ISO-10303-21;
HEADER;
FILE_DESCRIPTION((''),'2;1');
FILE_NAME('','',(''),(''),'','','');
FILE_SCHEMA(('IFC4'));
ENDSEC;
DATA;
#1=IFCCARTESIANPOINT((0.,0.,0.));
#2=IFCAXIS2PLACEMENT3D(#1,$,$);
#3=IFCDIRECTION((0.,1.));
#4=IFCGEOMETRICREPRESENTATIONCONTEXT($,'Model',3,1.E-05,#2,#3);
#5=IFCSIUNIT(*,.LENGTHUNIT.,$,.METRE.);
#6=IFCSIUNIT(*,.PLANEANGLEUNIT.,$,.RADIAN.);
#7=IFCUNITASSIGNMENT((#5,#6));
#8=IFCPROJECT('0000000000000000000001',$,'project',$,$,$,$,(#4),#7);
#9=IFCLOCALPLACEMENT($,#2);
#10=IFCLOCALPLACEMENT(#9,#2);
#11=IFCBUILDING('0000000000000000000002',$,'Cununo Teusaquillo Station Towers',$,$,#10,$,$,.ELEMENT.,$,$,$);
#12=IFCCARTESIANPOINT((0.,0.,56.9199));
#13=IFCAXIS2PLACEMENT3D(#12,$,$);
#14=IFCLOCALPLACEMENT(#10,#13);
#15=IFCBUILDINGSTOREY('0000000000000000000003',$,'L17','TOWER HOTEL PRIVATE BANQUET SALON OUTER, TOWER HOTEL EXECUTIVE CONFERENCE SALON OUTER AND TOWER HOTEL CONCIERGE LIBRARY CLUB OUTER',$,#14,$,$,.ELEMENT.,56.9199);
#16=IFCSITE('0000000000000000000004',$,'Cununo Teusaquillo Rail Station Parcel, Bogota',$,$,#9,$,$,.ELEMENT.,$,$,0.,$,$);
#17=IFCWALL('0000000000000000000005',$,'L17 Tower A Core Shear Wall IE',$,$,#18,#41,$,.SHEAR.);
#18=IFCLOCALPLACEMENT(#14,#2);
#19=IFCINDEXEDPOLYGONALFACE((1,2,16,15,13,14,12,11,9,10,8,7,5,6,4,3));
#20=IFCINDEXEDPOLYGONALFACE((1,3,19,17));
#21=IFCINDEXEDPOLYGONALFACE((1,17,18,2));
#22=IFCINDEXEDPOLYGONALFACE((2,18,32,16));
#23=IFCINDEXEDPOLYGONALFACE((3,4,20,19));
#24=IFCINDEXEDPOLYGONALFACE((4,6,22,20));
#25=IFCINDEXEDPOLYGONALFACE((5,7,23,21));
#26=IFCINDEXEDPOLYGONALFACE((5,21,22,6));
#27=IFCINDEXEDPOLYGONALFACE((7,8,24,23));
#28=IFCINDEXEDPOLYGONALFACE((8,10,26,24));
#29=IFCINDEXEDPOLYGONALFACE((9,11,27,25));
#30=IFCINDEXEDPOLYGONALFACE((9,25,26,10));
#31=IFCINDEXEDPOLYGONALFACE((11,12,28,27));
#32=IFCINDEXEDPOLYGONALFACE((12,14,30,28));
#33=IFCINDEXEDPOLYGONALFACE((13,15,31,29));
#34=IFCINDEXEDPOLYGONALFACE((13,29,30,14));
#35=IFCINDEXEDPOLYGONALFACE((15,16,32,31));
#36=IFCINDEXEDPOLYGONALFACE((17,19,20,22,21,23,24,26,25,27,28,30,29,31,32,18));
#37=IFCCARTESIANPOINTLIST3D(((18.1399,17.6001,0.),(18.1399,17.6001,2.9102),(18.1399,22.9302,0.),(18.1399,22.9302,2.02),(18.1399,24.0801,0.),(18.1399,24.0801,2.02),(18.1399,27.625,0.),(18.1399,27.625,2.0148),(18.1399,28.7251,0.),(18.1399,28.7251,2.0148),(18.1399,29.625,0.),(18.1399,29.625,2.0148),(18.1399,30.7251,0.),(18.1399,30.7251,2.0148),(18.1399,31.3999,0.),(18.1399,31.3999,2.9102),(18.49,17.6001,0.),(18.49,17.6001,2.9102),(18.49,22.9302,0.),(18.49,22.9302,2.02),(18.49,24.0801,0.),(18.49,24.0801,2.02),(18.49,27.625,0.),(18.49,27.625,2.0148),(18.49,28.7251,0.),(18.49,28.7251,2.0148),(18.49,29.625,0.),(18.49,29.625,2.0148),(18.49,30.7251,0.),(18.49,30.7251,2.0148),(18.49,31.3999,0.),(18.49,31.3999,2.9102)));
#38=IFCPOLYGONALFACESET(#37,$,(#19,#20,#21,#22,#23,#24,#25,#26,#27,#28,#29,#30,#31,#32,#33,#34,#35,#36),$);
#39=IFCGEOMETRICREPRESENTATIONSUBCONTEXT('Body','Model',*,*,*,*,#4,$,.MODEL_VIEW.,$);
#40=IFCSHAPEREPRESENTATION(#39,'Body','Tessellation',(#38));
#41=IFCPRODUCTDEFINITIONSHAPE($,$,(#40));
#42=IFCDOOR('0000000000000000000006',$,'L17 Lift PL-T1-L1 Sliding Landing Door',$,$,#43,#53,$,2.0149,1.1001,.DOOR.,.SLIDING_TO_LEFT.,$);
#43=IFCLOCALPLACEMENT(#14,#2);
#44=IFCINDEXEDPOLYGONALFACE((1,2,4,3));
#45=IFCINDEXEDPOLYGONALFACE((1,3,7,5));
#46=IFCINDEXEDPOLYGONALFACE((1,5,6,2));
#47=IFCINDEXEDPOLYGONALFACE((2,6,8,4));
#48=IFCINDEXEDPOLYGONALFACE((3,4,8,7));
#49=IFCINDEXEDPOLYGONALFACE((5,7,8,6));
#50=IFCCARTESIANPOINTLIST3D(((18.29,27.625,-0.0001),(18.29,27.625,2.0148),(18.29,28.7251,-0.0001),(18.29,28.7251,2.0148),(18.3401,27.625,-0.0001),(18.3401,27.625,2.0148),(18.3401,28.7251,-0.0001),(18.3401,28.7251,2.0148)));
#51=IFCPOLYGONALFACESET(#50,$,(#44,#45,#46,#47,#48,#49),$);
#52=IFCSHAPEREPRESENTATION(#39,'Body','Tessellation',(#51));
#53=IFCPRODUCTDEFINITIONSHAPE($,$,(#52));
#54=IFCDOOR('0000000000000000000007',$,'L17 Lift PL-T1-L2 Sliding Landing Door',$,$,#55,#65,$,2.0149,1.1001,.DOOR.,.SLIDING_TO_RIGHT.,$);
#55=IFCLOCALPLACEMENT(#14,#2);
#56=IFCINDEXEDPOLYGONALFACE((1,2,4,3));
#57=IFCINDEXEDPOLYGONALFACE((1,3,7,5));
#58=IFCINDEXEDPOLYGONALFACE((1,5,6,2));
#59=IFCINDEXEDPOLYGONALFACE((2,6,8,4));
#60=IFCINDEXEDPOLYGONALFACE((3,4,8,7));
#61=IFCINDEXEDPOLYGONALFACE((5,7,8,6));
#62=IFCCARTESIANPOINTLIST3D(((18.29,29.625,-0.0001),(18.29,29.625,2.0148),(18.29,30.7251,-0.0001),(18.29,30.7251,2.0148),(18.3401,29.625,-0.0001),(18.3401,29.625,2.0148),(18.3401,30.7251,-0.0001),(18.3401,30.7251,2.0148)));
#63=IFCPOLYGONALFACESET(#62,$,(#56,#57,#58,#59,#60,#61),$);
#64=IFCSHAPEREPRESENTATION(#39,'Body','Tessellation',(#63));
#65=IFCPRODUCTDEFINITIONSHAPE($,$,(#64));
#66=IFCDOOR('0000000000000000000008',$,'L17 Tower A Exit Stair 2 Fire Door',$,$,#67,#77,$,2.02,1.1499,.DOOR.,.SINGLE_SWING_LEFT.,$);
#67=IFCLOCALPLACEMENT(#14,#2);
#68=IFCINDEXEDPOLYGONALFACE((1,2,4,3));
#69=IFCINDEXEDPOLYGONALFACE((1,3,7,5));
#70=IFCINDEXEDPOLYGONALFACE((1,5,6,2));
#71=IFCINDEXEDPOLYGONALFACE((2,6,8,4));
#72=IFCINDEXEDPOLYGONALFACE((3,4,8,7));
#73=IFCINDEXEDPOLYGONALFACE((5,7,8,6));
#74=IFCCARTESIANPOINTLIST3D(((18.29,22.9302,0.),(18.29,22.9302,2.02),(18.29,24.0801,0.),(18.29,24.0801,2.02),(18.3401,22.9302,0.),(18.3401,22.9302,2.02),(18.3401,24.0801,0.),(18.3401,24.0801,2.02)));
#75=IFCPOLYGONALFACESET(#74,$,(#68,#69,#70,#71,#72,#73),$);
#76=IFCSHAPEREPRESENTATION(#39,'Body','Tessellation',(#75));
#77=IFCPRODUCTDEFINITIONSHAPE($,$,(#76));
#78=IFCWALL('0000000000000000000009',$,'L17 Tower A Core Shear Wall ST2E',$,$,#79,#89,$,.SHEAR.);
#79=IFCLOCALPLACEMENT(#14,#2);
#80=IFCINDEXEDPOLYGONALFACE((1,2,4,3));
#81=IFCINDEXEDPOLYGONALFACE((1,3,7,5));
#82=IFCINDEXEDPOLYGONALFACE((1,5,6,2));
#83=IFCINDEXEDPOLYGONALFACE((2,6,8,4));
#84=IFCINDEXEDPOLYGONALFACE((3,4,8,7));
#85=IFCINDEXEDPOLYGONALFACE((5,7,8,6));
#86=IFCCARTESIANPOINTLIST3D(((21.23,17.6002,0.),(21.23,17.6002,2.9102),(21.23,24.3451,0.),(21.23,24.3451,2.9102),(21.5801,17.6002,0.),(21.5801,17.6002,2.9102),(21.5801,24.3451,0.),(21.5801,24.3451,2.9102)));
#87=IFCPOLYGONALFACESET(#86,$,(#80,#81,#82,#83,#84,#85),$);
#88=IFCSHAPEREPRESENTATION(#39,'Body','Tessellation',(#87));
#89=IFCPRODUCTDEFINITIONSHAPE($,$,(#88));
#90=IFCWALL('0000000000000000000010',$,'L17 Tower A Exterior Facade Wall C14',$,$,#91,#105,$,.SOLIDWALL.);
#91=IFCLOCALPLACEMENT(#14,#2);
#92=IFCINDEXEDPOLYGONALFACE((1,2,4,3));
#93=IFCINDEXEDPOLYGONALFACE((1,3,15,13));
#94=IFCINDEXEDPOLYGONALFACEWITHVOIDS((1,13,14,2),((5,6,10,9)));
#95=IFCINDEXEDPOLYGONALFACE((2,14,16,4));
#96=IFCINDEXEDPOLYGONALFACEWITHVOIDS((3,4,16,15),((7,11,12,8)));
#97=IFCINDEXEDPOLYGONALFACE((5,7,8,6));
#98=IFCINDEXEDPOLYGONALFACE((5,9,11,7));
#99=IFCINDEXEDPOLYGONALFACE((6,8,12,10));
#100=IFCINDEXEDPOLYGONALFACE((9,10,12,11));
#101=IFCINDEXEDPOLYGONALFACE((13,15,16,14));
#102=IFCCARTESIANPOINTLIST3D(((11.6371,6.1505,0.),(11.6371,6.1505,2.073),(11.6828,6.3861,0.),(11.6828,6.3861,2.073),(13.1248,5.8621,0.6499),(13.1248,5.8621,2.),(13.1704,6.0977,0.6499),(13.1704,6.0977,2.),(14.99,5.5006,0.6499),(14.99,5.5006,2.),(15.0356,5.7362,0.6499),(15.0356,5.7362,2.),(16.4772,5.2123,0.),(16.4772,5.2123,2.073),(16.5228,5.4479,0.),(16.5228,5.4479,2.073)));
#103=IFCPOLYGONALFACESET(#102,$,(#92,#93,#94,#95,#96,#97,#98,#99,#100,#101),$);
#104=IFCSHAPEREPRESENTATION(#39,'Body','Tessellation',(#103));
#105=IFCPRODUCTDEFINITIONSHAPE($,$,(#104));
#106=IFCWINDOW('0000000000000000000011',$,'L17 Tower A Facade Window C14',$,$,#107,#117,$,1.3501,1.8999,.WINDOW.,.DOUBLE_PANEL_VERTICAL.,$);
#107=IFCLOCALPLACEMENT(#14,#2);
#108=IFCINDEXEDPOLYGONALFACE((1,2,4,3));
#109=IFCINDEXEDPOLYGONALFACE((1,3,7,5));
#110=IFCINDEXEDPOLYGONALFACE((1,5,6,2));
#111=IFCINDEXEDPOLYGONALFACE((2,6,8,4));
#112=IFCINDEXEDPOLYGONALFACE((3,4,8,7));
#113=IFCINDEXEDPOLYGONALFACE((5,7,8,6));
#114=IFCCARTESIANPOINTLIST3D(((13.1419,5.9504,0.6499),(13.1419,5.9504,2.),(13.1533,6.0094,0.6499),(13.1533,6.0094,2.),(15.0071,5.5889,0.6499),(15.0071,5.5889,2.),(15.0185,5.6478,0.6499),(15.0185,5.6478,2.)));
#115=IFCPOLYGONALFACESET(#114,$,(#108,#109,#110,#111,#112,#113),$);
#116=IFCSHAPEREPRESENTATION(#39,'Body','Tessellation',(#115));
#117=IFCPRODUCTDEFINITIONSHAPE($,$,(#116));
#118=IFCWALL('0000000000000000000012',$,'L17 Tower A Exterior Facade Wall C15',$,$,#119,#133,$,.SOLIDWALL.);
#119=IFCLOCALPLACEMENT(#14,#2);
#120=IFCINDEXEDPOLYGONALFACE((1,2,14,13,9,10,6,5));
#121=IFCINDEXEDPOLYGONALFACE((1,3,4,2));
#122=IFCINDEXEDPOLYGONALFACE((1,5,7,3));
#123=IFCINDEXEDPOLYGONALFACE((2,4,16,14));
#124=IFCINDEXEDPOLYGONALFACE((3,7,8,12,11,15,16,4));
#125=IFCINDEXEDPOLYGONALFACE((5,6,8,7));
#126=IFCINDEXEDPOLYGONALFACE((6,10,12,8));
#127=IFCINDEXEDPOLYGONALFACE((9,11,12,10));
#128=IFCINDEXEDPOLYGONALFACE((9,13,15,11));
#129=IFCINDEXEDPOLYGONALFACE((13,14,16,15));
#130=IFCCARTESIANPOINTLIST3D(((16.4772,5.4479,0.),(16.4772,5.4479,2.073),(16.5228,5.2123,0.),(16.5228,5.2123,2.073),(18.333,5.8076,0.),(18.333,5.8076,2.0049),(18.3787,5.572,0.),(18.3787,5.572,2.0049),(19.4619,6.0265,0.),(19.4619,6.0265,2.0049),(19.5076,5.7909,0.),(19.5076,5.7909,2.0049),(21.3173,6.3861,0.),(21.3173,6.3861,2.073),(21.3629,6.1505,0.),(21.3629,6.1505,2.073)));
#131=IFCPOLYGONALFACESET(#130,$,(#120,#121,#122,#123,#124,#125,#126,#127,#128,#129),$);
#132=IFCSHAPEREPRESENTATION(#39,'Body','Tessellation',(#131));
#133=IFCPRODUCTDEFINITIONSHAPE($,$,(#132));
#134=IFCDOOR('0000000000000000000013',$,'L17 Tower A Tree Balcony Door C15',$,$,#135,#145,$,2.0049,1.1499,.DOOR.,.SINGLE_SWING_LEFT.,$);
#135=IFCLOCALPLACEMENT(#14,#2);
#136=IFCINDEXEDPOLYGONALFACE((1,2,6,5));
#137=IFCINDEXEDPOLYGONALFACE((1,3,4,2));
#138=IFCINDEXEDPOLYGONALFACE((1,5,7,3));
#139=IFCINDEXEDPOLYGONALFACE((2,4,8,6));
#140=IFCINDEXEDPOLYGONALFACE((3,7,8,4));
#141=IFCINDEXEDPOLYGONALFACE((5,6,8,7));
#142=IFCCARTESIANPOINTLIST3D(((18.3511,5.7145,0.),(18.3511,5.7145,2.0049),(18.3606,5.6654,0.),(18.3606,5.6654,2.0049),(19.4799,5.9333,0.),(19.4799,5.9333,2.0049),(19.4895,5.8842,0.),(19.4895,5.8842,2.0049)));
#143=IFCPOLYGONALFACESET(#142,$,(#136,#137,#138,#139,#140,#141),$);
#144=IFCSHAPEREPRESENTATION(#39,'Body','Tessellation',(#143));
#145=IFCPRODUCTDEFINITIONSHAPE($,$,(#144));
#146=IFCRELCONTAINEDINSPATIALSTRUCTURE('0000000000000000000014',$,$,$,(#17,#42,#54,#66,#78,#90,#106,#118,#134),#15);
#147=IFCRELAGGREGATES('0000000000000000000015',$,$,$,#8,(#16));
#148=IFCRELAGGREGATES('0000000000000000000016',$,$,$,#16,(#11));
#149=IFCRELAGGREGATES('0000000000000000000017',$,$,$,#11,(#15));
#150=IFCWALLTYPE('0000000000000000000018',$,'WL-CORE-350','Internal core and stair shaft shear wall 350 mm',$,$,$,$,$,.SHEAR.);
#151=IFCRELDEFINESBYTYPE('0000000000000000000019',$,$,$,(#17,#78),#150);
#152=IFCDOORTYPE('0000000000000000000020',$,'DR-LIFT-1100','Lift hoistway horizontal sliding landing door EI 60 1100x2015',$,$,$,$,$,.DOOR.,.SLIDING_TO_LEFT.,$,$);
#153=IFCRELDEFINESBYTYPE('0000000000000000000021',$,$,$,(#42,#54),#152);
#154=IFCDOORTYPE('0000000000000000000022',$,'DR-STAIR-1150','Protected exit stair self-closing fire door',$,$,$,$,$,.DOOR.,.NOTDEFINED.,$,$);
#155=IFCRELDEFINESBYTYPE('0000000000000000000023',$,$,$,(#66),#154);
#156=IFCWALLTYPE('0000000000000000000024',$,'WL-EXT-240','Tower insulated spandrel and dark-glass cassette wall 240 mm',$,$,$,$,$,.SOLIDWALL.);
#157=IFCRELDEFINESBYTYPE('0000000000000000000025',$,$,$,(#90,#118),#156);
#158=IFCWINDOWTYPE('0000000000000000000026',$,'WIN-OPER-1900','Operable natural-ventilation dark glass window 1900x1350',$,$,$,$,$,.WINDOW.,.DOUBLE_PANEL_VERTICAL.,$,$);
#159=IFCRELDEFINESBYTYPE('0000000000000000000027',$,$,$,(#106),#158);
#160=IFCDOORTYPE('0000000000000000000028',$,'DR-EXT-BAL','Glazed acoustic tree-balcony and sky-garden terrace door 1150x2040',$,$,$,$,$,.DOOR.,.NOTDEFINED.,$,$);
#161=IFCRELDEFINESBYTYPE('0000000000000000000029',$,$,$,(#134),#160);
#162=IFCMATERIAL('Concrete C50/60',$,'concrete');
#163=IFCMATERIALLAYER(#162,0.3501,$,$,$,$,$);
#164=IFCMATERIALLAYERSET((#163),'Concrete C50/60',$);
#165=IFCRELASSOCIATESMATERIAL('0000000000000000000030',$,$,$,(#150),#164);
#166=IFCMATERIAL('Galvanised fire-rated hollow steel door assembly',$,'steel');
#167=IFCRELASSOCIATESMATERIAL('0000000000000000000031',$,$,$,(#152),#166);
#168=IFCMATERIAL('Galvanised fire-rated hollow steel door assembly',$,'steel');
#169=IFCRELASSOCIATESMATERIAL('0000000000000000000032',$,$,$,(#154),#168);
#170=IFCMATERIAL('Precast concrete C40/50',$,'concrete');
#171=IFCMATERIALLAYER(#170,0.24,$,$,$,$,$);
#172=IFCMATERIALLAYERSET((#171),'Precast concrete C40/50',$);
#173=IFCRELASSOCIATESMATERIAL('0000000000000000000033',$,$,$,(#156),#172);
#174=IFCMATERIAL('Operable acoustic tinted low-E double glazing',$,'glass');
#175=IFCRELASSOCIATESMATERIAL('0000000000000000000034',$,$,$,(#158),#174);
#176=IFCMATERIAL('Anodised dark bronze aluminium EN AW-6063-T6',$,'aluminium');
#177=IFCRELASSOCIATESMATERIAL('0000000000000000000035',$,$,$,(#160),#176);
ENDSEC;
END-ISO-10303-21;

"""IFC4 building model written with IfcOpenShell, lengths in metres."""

from ifc_helpers import new_model, si_unit, direction, frame, frame_2d, origin, place, context, subcontext, project, spatial, rectangle, extrude, source, transform, mapped, material, layer, layer_set, type_object, element, fill, save


model = new_model("IFC4")

# Units and contexts
model_context = context("Model", 3, precision=1e-05, world=origin(), true_north=direction((0.0, 1.0)))
body_context = subcontext(model_context, "Body", "Model", "MODEL_VIEW")
ifc_project = project(units=[si_unit("LENGTHUNIT", "METRE"), si_unit("PLANEANGLEUNIT", "RADIAN")], contexts=[model_context])

# Site, building, storey
site_placement = place(None, origin())
site = spatial("IfcSite", under=ifc_project, at=site_placement, Name="Cununo Teusaquillo Rail Station Parcel, Bogota", CompositionType="ELEMENT", RefElevation=0.0)
building_placement = place(site_placement, origin())
building = spatial("IfcBuilding", under=site, at=building_placement, Name="Cununo Teusaquillo Station Towers", CompositionType="ELEMENT")
storey_placement = place(building_placement, frame((0.0, 0.0, 56.9199)))
storey = spatial("IfcBuildingStorey", under=building, at=storey_placement, Name="L17", Description="TOWER HOTEL PRIVATE BANQUET SALON OUTER, TOWER HOTEL EXECUTIVE CONFERENCE SALON OUTER AND TOWER HOTEL CONCIERGE LIBRARY CLUB OUTER", CompositionType="ELEMENT", Elevation=56.9199)

# Wall, openings, doors
ifc_material_1 = material(Name="Concrete C50/60", Category="concrete")
ifc_layer_1 = layer(ifc_material_1, 0.3501)
ifc_layer_set_1 = layer_set([ifc_layer_1], Name="Concrete C50/60")
wall_type_1 = type_object("IfcWallType", Name="WL-CORE-350", Description="Internal core and stair shaft shear wall 350 mm", PredefinedType="SHEAR", material=ifc_layer_set_1)
shared_shape_1 = source(origin(), body_context, "Body", "SweptSolid", [
    extrude(rectangle(XDim=1.1001, YDim=2.0149, at=frame_2d((0.55, 1.0073))), frame((0.0, 0.1851, 0.0), z_axis=(0.0, -1.0, 0.0), x_axis=(1.0, 0.0, 0.0)), (0.0, 0.0, 1.0), 0.3701),
])
shared_shape_2 = source(origin(), body_context, "Body", "SweptSolid", [
    extrude(rectangle(XDim=1.1499, YDim=2.02, at=frame_2d((0.575, 1.01))), frame((0.0, 0.1851, 0.0), z_axis=(0.0, -1.0, 0.0), x_axis=(1.0, 0.0, 0.0)), (0.0, 0.0, 1.0), 0.3701),
])
ifc_material_2 = material(Name="Galvanised fire-rated hollow steel door assembly", Category="steel")
door_type_1 = type_object("IfcDoorType", Name="DR-LIFT-1100", Description="Lift hoistway horizontal sliding landing door EI 60 1100x2015", OperationType="SLIDING_TO_LEFT", PredefinedType="DOOR", material=ifc_material_2)
shared_shape_3 = source(origin(), body_context, "Body", "SweptSolid", [
    extrude(rectangle(XDim=1.1001, YDim=2.0149, at=frame_2d((0.55, 1.0073))), frame((0.0, 0.0249, 0.0), z_axis=(0.0, -1.0, 0.0), x_axis=(1.0, 0.0, 0.0)), (0.0, 0.0, 1.0), 0.05),
])
ifc_material_3 = material(Name="Galvanised fire-rated hollow steel door assembly", Category="steel")
door_type_2 = type_object("IfcDoorType", Name="DR-STAIR-1150", Description="Protected exit stair self-closing fire door", OperationType="NOTDEFINED", PredefinedType="DOOR", material=ifc_material_3)
shared_shape_4 = source(origin(), body_context, "Body", "SweptSolid", [
    extrude(rectangle(XDim=1.1499, YDim=2.02, at=frame_2d((0.575, 1.01))), frame((0.0, 0.0249, 0.0), z_axis=(0.0, -1.0, 0.0), x_axis=(1.0, 0.0, 0.0)), (0.0, 0.0, 1.0), 0.05),
])
wall_1_placement = place(storey_placement, frame((18.3149, 17.6001, 0.0), z_axis=(0.0, 0.0, 1.0), x_axis=(0.0, 1.0, 0.0)))
wall_1 = element("IfcWall", 1, at=wall_1_placement, inside=storey, type_object=wall_type_1, Name="L17 Tower A Core Shear Wall IE", PredefinedType="SHEAR", context=body_context, shape_type="SweptSolid", body=[
    extrude(rectangle(XDim=13.7998, YDim=0.3501, at=frame_2d((6.8999, 0.0))), origin(), (0.0, 0.0, 1.0), 2.9102),
])
opening_1_placement = place(wall_1_placement, frame((10.0249, 0.0, 0.0)))
opening_1 = element("IfcOpeningElement", 2, at=opening_1_placement, cuts=wall_1, PredefinedType="OPENING", context=body_context, shape_type="MappedRepresentation", body=[
    mapped(shared_shape_1, transform((0.0, 0.0, 0.0), x_axis=(1.0, 0.0, 0.0), y_axis=(0.0, 1.0, 0.0), z_axis=(0.0, 0.0, 1.0), scale=1.0)),
])
opening_2_placement = place(wall_1_placement, frame((12.0249, 0.0, 0.0)))
opening_2 = element("IfcOpeningElement", 3, at=opening_2_placement, cuts=wall_1, PredefinedType="OPENING", context=body_context, shape_type="MappedRepresentation", body=[
    mapped(shared_shape_1, transform((0.0, 0.0, 0.0), x_axis=(1.0, 0.0, 0.0), y_axis=(0.0, 1.0, 0.0), z_axis=(0.0, 0.0, 1.0), scale=1.0)),
])
opening_3_placement = place(wall_1_placement, frame((5.3301, 0.0, 0.0)))
opening_3 = element("IfcOpeningElement", 4, at=opening_3_placement, cuts=wall_1, PredefinedType="OPENING", context=body_context, shape_type="MappedRepresentation", body=[
    mapped(shared_shape_2, transform((0.0, 0.0, 0.0), x_axis=(1.0, 0.0, 0.0), y_axis=(0.0, 1.0, 0.0), z_axis=(0.0, 0.0, 1.0), scale=1.0)),
])
door_1_placement = place(opening_1_placement, origin())
door_1 = element("IfcDoor", 5, at=door_1_placement, inside=storey, type_object=door_type_1, Name="L17 Lift PL-T1-L1 Sliding Landing Door", OperationType="SLIDING_TO_LEFT", OverallHeight=2.0149, OverallWidth=1.1001, PredefinedType="DOOR", context=body_context, shape_type="MappedRepresentation", body=[
    mapped(shared_shape_3, transform((0.0, 0.0, 0.0), x_axis=(1.0, 0.0, 0.0), y_axis=(0.0, 1.0, 0.0), z_axis=(0.0, 0.0, 1.0), scale=1.0)),
])
fill(opening_1, door_1)
door_2_placement = place(opening_2_placement, origin())
door_2 = element("IfcDoor", 6, at=door_2_placement, inside=storey, type_object=door_type_1, Name="L17 Lift PL-T1-L2 Sliding Landing Door", OperationType="SLIDING_TO_RIGHT", OverallHeight=2.0149, OverallWidth=1.1001, PredefinedType="DOOR", context=body_context, shape_type="MappedRepresentation", body=[
    mapped(shared_shape_3, transform((0.0, 0.0, 0.0), x_axis=(1.0, 0.0, 0.0), y_axis=(0.0, 1.0, 0.0), z_axis=(0.0, 0.0, 1.0), scale=1.0)),
])
fill(opening_2, door_2)
door_3_placement = place(opening_3_placement, origin())
door_3 = element("IfcDoor", 7, at=door_3_placement, inside=storey, type_object=door_type_2, Name="L17 Tower A Exit Stair 2 Fire Door", OperationType="SINGLE_SWING_LEFT", OverallHeight=2.02, OverallWidth=1.1499, PredefinedType="DOOR", context=body_context, shape_type="MappedRepresentation", body=[
    mapped(shared_shape_4, transform((0.0, 0.0, 0.0), x_axis=(1.0, 0.0, 0.0), y_axis=(0.0, 1.0, 0.0), z_axis=(0.0, 0.0, 1.0), scale=1.0)),
])
fill(opening_3, door_3)

# Wall
wall_2_placement = place(storey_placement, frame((21.405, 17.6001, 0.0), z_axis=(0.0, 0.0, 1.0), x_axis=(0.0, 1.0, 0.0)))
element("IfcWall", 8, at=wall_2_placement, inside=storey, type_object=wall_type_1, Name="L17 Tower A Core Shear Wall ST2E", PredefinedType="SHEAR", context=body_context, shape_type="SweptSolid", body=[
    extrude(rectangle(XDim=6.7449, YDim=0.3501, at=frame_2d((3.3726, 0.0))), origin(), (0.0, 0.0, 1.0), 2.9102),
])

# Wall, opening, window
ifc_material_4 = material(Name="Precast concrete C40/50", Category="concrete")
ifc_layer_2 = layer(ifc_material_4, 0.24)
ifc_layer_set_2 = layer_set([ifc_layer_2], Name="Precast concrete C40/50")
wall_type_2 = type_object("IfcWallType", Name="WL-EXT-240", Description="Tower insulated spandrel and dark-glass cassette wall 240 mm", PredefinedType="SOLIDWALL", material=ifc_layer_set_2)
wall_3_placement = place(storey_placement, frame((16.5, 5.3301, 0.0), z_axis=(0.0, 0.0, 1.0), x_axis=(-0.981725, 0.190304, 0.0)))
wall_3 = element("IfcWall", 9, at=wall_3_placement, inside=storey, type_object=wall_type_2, Name="L17 Tower A Exterior Facade Wall C14", PredefinedType="SOLIDWALL", context=body_context, shape_type="SweptSolid", body=[
    extrude(rectangle(XDim=4.9302, YDim=0.24, at=frame_2d((2.4651, 0.0))), origin(), (0.0, 0.0, 1.0), 2.073),
])
shared_shape_5 = source(origin(), body_context, "Body", "SweptSolid", [
    extrude(rectangle(XDim=1.8999, YDim=1.3501, at=frame_2d((0.95, 0.675))), frame((0.0, 0.1299, 0.0), z_axis=(0.0, -1.0, 0.0), x_axis=(1.0, 0.0, 0.0)), (0.0, 0.0, 1.0), 0.26),
])
opening_4_placement = place(wall_3_placement, frame((1.5149, 0.0, 0.6499)))
opening_4 = element("IfcOpeningElement", 10, at=opening_4_placement, cuts=wall_3, PredefinedType="OPENING", context=body_context, shape_type="MappedRepresentation", body=[
    mapped(shared_shape_5, transform((0.0, 0.0, 0.0), x_axis=(1.0, 0.0, 0.0), y_axis=(0.0, 1.0, 0.0), z_axis=(0.0, 0.0, 1.0), scale=1.0)),
])
ifc_material_5 = material(Name="Operable acoustic tinted low-E double glazing", Category="glass")
window_type = type_object("IfcWindowType", Name="WIN-OPER-1900", Description="Operable natural-ventilation dark glass window 1900x1350", PartitioningType="DOUBLE_PANEL_VERTICAL", PredefinedType="WINDOW", material=ifc_material_5)
shared_shape_6 = source(origin(), body_context, "Body", "SweptSolid", [
    extrude(rectangle(XDim=1.8999, YDim=1.3501, at=frame_2d((0.95, 0.675))), frame((0.0, 0.03, 0.0), z_axis=(0.0, -1.0, 0.0), x_axis=(1.0, 0.0, 0.0)), (0.0, 0.0, 1.0), 0.0601),
])
window_placement = place(opening_4_placement, origin())
window = element("IfcWindow", 11, at=window_placement, inside=storey, type_object=window_type, Name="L17 Tower A Facade Window C14", OverallHeight=1.3501, OverallWidth=1.8999, PartitioningType="DOUBLE_PANEL_VERTICAL", PredefinedType="WINDOW", context=body_context, shape_type="MappedRepresentation", body=[
    mapped(shared_shape_6, transform((0.0, 0.0, 0.0), x_axis=(1.0, 0.0, 0.0), y_axis=(0.0, 1.0, 0.0), z_axis=(0.0, 0.0, 1.0), scale=1.0)),
])
fill(opening_4, window)

# Wall, opening, door
wall_4_placement = place(storey_placement, frame((21.3401, 6.2683, 0.0), z_axis=(0.0, 0.0, 1.0), x_axis=(-0.981725, -0.190304, 0.0)))
wall_4 = element("IfcWall", 12, at=wall_4_placement, inside=storey, type_object=wall_type_2, Name="L17 Tower A Exterior Facade Wall C15", PredefinedType="SOLIDWALL", context=body_context, shape_type="SweptSolid", body=[
    extrude(rectangle(XDim=4.9302, YDim=0.24, at=frame_2d((2.4651, 0.0))), origin(), (0.0, 0.0, 1.0), 2.073),
])
shared_shape_7 = source(origin(), body_context, "Body", "SweptSolid", [
    extrude(rectangle(XDim=1.1499, YDim=2.0049, at=frame_2d((0.575, 1.0024))), frame((0.0, 0.1299, 0.0), z_axis=(0.0, -1.0, 0.0), x_axis=(1.0, 0.0, 0.0)), (0.0, 0.0, 1.0), 0.26),
])
opening_5_placement = place(wall_4_placement, frame((1.8899, 0.0, 0.0)))
opening_5 = element("IfcOpeningElement", 13, at=opening_5_placement, cuts=wall_4, PredefinedType="OPENING", context=body_context, shape_type="MappedRepresentation", body=[
    mapped(shared_shape_7, transform((0.0, 0.0, 0.0), x_axis=(1.0, 0.0, 0.0), y_axis=(0.0, 1.0, 0.0), z_axis=(0.0, 0.0, 1.0), scale=1.0)),
])
ifc_material_6 = material(Name="Anodised dark bronze aluminium EN AW-6063-T6", Category="aluminium")
door_type_3 = type_object("IfcDoorType", Name="DR-EXT-BAL", Description="Glazed acoustic tree-balcony and sky-garden terrace door 1150x2040", OperationType="NOTDEFINED", PredefinedType="DOOR", material=ifc_material_6)
shared_shape_8 = source(origin(), body_context, "Body", "SweptSolid", [
    extrude(rectangle(XDim=1.1499, YDim=2.0049, at=frame_2d((0.575, 1.0024))), frame((0.0, 0.0249, 0.0), z_axis=(0.0, -1.0, 0.0), x_axis=(1.0, 0.0, 0.0)), (0.0, 0.0, 1.0), 0.05),
])
door_4_placement = place(opening_5_placement, origin())
door_4 = element("IfcDoor", 14, at=door_4_placement, inside=storey, type_object=door_type_3, Name="L17 Tower A Tree Balcony Door C15", OperationType="SINGLE_SWING_LEFT", OverallHeight=2.0049, OverallWidth=1.1499, PredefinedType="DOOR", context=body_context, shape_type="MappedRepresentation", body=[
    mapped(shared_shape_8, transform((0.0, 0.0, 0.0), x_axis=(1.0, 0.0, 0.0), y_axis=(0.0, 1.0, 0.0), z_axis=(0.0, 0.0, 1.0), scale=1.0)),
])
fill(opening_5, door_4)

save(model, "model.ifc")
